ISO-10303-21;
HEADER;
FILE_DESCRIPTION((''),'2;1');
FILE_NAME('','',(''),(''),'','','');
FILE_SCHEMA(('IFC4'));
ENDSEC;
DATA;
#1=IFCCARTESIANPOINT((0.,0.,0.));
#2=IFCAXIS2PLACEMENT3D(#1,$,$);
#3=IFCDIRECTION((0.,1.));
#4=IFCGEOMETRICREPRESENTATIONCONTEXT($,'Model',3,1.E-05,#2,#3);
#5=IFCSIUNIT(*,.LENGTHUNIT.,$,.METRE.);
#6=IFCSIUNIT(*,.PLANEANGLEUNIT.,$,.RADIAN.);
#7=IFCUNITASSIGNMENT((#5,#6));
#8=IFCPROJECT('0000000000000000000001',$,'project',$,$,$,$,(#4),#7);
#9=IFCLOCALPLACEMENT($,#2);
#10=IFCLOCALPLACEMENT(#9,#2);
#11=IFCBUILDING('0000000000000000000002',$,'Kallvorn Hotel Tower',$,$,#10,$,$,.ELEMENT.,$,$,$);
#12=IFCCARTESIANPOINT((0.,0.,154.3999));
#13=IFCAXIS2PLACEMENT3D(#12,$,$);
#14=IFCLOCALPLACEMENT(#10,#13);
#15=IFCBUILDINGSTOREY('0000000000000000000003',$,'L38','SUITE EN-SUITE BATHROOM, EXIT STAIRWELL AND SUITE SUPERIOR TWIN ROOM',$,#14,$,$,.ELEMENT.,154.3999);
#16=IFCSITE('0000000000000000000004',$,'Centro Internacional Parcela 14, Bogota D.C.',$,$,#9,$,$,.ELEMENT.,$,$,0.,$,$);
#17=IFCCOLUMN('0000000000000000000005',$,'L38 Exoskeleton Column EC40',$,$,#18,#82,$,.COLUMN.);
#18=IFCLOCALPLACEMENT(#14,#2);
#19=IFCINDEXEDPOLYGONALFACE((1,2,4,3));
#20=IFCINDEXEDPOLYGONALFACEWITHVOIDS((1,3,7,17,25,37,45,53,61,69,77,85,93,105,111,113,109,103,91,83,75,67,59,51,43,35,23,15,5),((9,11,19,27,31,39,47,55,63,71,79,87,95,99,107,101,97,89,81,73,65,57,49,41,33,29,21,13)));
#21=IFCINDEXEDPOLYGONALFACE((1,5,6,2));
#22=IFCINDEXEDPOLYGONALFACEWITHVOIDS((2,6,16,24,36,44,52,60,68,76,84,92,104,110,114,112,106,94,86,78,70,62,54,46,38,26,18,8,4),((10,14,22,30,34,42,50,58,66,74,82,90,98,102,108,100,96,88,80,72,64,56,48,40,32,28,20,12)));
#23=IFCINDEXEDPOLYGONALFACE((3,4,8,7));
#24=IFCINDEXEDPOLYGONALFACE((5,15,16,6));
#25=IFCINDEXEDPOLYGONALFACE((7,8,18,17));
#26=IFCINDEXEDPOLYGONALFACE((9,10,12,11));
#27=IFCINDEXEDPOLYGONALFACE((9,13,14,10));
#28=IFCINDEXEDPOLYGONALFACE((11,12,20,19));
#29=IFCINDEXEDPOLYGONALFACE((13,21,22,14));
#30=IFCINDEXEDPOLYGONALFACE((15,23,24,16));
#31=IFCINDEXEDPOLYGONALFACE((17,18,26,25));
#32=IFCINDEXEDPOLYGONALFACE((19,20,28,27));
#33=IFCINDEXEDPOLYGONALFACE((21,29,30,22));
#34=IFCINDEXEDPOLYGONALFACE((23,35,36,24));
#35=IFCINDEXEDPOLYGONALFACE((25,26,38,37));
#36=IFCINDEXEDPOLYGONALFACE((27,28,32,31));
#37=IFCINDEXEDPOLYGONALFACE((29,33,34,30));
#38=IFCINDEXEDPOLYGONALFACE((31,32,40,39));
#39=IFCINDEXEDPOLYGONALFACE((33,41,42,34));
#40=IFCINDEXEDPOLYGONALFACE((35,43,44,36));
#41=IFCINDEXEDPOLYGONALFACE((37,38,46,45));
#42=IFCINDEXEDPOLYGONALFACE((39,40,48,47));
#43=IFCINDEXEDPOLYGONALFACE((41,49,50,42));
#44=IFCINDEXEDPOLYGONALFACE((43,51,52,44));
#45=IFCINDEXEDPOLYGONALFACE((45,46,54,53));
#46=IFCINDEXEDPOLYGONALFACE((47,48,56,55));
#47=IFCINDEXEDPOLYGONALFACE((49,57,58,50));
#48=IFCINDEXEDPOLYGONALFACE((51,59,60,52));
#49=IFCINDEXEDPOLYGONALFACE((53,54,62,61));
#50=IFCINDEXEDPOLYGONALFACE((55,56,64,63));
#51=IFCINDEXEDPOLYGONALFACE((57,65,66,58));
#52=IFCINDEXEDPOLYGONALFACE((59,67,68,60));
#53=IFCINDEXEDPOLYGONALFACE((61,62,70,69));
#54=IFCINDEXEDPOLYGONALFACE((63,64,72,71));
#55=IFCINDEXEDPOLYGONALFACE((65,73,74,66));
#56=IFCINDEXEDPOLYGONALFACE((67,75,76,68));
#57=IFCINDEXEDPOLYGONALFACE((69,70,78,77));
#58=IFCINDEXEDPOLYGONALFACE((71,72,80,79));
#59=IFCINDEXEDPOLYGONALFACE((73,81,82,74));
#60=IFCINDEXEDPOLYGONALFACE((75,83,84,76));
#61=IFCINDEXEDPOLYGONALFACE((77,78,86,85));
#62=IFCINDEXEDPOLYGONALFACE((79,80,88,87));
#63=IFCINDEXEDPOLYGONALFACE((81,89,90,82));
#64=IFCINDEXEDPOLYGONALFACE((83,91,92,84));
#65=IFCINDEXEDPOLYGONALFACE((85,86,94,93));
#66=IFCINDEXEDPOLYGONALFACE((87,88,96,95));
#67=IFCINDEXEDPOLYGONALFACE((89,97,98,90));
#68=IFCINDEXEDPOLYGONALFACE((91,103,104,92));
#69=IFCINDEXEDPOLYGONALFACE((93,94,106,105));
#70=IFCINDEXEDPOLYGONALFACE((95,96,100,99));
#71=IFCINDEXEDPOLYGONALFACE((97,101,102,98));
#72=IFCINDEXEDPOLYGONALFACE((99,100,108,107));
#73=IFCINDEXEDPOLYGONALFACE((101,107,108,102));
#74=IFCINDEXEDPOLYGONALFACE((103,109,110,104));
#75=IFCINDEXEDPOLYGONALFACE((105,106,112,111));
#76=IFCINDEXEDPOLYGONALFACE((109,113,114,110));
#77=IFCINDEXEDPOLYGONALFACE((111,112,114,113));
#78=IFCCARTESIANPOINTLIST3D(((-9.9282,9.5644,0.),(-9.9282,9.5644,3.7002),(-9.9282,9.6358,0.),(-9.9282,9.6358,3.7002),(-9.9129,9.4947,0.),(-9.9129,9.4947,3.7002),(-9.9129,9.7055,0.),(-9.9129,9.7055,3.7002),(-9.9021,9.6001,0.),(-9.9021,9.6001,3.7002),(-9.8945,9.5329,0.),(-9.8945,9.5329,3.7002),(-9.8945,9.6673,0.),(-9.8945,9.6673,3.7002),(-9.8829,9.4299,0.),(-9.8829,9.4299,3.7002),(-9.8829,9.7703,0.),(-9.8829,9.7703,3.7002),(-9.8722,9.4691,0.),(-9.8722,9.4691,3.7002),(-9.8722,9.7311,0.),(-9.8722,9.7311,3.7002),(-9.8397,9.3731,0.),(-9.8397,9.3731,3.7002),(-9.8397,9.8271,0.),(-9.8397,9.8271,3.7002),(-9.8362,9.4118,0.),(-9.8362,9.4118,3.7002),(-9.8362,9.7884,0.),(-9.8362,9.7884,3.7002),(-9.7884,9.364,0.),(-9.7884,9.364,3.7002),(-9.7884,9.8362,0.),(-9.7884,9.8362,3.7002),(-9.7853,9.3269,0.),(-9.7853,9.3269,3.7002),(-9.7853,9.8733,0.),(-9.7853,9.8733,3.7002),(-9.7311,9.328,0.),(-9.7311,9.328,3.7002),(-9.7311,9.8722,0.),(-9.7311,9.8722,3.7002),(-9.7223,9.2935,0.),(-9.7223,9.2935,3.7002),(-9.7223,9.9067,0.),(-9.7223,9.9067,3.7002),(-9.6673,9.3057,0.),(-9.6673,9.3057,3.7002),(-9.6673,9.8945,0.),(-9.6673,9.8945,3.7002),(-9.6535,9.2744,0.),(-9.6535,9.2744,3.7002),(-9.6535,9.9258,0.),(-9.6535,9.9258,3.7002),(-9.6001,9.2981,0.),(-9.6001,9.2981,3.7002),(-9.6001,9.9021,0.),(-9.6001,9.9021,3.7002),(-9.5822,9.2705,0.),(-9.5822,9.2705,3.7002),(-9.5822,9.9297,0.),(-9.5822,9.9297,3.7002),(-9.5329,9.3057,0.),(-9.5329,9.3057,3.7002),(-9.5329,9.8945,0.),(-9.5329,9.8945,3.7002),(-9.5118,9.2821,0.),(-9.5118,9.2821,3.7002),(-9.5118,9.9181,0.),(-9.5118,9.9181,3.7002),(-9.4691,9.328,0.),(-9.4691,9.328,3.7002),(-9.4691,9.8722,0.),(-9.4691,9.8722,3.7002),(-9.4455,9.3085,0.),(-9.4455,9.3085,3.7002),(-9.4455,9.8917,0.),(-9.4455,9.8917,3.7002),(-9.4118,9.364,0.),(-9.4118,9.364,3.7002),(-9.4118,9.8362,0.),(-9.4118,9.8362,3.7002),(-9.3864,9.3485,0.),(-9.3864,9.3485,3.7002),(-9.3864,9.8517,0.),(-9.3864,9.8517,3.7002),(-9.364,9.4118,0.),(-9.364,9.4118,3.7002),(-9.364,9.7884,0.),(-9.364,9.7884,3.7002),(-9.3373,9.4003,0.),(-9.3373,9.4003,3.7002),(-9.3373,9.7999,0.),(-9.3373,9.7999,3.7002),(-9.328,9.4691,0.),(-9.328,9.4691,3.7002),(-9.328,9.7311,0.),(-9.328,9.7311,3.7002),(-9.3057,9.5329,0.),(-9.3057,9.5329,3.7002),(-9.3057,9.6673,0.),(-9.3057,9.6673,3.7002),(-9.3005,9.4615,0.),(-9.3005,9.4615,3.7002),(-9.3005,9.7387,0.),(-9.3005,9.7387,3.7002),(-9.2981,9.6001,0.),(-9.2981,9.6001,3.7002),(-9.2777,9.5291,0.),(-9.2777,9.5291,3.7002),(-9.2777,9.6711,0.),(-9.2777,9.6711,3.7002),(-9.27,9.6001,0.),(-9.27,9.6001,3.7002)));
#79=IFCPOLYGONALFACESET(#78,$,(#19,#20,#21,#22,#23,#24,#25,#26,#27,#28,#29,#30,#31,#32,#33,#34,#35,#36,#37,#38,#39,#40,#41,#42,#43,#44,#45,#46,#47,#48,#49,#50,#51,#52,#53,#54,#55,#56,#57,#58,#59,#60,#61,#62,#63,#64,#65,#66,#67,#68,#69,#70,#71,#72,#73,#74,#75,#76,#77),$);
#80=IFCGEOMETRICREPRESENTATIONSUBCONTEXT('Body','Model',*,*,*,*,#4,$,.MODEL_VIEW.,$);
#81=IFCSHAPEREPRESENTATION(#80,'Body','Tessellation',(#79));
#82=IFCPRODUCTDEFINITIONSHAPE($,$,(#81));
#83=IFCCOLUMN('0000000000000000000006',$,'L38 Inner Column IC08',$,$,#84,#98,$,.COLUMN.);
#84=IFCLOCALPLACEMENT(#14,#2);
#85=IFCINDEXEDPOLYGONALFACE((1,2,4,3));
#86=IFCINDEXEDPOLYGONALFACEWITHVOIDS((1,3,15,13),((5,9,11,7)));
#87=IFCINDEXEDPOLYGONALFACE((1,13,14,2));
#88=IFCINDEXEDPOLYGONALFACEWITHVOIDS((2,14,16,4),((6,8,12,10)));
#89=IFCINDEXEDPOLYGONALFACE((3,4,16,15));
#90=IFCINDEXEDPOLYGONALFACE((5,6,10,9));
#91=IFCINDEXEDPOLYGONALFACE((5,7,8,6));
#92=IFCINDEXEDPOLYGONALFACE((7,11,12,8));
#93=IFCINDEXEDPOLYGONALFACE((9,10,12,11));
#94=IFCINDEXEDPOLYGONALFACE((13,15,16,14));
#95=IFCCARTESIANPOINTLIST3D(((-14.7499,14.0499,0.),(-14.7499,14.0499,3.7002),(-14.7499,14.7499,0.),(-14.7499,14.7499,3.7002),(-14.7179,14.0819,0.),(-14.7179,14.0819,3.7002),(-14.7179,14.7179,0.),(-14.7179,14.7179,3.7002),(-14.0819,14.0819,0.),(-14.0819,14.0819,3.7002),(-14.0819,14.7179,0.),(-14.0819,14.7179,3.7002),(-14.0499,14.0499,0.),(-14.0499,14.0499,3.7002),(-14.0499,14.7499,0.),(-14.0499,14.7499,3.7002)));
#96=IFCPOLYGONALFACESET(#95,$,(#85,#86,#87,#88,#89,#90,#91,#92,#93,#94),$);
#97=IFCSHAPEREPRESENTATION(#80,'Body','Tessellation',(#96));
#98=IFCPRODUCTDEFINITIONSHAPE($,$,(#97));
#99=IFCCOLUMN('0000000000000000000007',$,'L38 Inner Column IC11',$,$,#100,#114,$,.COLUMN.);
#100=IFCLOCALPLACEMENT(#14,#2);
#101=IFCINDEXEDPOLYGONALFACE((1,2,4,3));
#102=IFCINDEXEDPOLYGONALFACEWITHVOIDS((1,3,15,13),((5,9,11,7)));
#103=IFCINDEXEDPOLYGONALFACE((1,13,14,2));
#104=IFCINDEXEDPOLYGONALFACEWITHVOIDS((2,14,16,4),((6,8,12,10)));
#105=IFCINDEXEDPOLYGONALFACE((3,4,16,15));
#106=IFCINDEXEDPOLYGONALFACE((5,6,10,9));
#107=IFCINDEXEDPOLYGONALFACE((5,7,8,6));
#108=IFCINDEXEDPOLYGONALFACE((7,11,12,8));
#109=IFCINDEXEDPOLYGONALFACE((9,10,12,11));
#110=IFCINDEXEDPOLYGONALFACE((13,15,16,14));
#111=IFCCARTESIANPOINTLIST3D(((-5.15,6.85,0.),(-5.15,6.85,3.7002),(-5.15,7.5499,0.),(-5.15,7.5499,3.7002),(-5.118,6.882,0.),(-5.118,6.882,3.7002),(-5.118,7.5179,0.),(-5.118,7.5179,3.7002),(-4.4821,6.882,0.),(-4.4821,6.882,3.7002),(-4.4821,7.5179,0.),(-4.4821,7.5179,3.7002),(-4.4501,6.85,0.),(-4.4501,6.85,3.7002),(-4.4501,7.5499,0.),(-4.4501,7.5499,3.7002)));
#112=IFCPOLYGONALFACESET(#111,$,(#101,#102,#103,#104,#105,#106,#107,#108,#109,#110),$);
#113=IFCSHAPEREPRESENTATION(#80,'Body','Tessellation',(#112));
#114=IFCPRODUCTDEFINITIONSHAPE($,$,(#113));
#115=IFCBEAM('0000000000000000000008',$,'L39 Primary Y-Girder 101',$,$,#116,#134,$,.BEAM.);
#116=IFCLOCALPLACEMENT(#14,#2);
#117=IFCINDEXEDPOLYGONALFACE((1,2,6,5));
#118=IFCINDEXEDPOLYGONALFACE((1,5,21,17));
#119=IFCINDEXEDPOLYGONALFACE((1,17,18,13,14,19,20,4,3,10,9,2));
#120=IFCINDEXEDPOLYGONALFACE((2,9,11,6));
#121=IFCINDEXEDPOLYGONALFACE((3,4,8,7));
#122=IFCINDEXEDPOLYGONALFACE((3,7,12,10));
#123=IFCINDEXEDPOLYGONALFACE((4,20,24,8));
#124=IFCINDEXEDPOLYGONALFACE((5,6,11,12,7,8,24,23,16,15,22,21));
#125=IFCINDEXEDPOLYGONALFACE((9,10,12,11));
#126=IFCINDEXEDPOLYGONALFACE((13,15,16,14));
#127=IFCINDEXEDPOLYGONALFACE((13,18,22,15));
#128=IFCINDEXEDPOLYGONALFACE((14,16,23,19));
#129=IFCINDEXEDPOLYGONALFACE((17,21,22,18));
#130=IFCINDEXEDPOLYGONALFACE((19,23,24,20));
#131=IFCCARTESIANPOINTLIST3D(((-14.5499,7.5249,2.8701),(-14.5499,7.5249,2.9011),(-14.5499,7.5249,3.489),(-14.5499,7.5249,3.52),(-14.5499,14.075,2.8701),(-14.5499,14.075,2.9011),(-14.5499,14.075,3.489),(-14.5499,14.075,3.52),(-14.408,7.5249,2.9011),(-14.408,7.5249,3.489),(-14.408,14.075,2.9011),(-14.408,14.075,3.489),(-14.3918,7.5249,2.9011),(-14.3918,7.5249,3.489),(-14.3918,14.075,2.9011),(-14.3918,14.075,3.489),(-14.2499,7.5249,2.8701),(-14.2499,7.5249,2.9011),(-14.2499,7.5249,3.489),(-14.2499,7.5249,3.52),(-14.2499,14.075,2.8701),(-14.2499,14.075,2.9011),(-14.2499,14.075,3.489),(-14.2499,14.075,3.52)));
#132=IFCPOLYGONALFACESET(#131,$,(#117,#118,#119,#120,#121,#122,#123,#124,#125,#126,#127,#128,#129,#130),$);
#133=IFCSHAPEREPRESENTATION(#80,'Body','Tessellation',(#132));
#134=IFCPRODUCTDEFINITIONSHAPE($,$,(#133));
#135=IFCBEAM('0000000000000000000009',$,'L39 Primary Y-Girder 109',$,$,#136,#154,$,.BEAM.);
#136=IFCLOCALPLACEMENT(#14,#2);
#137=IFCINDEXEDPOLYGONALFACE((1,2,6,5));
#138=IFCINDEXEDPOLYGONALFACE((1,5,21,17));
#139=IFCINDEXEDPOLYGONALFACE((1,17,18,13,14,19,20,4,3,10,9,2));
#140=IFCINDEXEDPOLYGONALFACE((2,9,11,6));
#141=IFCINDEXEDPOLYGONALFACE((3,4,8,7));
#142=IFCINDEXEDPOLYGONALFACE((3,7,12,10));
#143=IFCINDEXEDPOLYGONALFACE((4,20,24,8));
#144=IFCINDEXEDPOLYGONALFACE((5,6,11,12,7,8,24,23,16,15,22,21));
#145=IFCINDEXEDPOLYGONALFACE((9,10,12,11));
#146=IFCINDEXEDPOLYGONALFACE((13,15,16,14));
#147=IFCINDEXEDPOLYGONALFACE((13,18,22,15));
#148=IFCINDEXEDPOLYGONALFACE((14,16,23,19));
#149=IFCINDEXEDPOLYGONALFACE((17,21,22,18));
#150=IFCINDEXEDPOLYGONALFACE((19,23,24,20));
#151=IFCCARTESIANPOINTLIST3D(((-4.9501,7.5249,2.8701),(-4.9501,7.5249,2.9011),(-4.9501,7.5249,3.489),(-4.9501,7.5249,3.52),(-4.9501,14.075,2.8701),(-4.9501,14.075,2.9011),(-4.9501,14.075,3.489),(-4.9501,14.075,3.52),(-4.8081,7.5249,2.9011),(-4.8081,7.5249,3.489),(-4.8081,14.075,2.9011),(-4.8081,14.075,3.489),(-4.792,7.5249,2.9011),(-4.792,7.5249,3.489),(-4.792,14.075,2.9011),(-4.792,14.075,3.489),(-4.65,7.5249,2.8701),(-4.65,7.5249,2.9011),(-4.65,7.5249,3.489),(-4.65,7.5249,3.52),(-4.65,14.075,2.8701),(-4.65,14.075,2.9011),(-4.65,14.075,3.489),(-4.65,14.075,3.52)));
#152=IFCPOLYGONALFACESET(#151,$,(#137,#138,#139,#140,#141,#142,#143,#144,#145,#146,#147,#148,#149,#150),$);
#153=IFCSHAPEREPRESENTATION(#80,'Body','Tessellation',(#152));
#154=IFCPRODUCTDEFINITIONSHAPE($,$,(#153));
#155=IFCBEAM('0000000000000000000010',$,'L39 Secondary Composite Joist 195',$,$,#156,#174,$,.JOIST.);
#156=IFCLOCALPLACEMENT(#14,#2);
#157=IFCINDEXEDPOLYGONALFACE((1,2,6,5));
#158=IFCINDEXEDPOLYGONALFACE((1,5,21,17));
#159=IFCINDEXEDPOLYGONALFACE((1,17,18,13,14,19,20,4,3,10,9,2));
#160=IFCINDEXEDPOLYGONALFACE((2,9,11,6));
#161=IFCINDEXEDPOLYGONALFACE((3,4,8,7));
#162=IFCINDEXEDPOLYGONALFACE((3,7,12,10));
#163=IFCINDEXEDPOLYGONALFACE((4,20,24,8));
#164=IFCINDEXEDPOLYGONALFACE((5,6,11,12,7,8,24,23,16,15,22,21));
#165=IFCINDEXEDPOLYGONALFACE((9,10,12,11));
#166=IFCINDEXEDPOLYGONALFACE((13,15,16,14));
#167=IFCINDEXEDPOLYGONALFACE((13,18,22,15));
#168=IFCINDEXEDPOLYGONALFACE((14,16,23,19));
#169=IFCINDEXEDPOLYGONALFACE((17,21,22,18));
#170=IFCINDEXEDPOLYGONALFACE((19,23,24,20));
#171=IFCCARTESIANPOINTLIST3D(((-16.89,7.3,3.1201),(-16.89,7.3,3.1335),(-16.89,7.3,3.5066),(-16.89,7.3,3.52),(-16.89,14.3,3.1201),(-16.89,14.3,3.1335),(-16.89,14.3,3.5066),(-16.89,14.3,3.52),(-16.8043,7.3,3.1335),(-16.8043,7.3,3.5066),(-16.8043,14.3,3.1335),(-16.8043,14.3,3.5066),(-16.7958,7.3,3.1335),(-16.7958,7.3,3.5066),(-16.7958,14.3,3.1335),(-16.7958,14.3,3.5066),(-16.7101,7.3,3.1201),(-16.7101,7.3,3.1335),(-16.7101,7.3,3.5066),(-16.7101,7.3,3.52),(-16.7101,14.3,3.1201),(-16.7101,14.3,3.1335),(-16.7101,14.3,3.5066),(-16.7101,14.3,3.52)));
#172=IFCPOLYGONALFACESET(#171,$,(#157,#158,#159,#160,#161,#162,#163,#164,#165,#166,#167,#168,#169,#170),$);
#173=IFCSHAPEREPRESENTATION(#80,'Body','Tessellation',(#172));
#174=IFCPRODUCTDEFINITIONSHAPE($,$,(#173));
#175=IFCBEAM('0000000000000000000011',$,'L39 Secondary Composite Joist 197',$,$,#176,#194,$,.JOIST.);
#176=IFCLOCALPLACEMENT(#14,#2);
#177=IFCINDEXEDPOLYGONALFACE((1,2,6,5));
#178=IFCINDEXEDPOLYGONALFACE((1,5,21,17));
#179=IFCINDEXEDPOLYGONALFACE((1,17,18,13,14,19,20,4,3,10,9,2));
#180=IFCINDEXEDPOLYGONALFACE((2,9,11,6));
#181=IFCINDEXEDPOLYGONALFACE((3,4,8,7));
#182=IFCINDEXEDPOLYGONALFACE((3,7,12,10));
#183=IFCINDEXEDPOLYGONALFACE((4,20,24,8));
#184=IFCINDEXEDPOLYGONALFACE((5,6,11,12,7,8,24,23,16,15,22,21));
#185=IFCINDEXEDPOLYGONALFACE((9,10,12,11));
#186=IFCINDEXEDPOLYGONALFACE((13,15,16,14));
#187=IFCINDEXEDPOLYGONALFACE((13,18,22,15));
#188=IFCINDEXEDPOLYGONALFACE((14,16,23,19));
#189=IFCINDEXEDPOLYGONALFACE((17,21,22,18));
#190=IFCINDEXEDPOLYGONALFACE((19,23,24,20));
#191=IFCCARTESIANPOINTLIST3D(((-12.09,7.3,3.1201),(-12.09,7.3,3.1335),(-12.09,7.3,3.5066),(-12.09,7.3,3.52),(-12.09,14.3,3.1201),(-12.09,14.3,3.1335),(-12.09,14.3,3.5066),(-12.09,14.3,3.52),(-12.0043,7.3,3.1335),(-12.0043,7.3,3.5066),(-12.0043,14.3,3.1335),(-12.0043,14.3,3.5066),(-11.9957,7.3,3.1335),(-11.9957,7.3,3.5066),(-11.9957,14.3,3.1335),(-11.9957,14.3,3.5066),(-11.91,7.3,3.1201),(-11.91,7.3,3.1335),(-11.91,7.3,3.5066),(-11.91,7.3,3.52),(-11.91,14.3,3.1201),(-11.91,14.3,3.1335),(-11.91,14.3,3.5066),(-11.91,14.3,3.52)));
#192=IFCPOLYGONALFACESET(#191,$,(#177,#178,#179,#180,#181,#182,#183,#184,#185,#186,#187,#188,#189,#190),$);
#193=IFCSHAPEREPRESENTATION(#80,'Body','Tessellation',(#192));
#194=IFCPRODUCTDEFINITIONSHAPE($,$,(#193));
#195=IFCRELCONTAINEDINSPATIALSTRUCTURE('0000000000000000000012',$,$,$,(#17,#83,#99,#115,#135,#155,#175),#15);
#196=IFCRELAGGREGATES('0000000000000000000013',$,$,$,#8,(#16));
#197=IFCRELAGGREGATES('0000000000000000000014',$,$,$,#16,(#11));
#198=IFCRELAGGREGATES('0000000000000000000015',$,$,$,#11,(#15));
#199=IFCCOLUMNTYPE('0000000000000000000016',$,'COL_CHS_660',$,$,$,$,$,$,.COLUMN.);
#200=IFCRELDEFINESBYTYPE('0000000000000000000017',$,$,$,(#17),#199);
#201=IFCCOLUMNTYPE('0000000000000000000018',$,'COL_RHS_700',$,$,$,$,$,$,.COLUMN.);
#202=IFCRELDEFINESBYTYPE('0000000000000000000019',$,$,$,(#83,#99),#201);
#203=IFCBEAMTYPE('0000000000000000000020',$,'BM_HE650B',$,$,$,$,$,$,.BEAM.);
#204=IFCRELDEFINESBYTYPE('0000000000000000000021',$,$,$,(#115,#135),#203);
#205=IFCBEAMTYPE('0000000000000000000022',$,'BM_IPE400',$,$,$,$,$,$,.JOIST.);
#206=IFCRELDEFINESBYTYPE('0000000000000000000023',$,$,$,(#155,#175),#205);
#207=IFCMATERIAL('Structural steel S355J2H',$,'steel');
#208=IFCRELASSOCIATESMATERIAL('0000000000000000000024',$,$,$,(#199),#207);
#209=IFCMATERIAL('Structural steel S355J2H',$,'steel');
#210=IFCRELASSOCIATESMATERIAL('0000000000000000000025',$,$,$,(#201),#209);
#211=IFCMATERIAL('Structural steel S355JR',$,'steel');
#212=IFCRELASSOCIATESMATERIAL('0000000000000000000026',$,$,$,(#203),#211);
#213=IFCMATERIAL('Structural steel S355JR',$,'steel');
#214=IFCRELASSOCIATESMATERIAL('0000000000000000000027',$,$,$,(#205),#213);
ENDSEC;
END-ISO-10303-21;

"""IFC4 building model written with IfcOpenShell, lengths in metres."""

from ifc_helpers import new_model, si_unit, direction, frame, origin, origin_2d, place, context, subcontext, project, spatial, hollow_rectangle, hollow_circle, i_section, extrude, material, material_profile, profile_set, type_object, element, save


model = new_model("IFC4")

# Units and contexts
model_context = context("Model", 3, precision=1e-05, world=origin(), true_north=direction((0.0, 1.0)))
body_context = subcontext(model_context, "Body", "Model", "MODEL_VIEW")
ifc_project = project(units=[si_unit("LENGTHUNIT", "METRE"), si_unit("PLANEANGLEUNIT", "RADIAN")], contexts=[model_context])

# Site, building, storey
site_placement = place(None, origin())
site = spatial("IfcSite", under=ifc_project, at=site_placement, Name="Centro Internacional Parcela 14, Bogota D.C.", CompositionType="ELEMENT", RefElevation=0.0)
building_placement = place(site_placement, origin())
building = spatial("IfcBuilding", under=site, at=building_placement, Name="Kallvorn Hotel Tower", CompositionType="ELEMENT")
storey_placement = place(building_placement, frame((0.0, 0.0, 154.3999)))
storey = spatial("IfcBuildingStorey", under=building, at=storey_placement, Name="L38", Description="SUITE EN-SUITE BATHROOM, EXIT STAIRWELL AND SUITE SUPERIOR TWIN ROOM", CompositionType="ELEMENT", Elevation=154.3999)

# Columns
ifc_material_1 = material(Name="Structural steel S355J2H", Category="steel")
ifc_material_profile_1 = material_profile(ifc_material_1, hollow_circle(Radius=0.3301, WallThickness=0.0281, at=origin_2d()), Name="CHS 660x28")
ifc_profile_set_1 = profile_set([ifc_material_profile_1], Name="Structural steel S355J2H")
column_type_1 = type_object("IfcColumnType", Name="COL_CHS_660", PredefinedType="COLUMN", material=ifc_profile_set_1)
column_placement = place(storey_placement, frame((-9.6001, 9.6001, 0.0), z_axis=(0.0, 0.0, 1.0), x_axis=(1.0, 0.0, 0.0)))
element("IfcColumn", 1, at=column_placement, inside=storey, type_object=column_type_1, Name="L38 Exoskeleton Column EC40", PredefinedType="COLUMN", context=body_context, shape_type="SweptSolid", body=[
    extrude(hollow_circle(Radius=0.3301, WallThickness=0.0281, at=origin_2d()), origin(), (0.0, 0.0, 1.0), 3.7002),
])
ifc_material_2 = material(Name="Structural steel S355J2H", Category="steel")
ifc_material_profile_2 = material_profile(ifc_material_2, hollow_rectangle(XDim=0.7, YDim=0.7, WallThickness=0.032, at=origin_2d()), Name="RHS 700x700x32")
ifc_profile_set_2 = profile_set([ifc_material_profile_2], Name="Structural steel S355J2H")
column_type_2 = type_object("IfcColumnType", Name="COL_RHS_700", PredefinedType="COLUMN", material=ifc_profile_set_2)
for number, where, z_axis, x_axis, name in (
    (2, (-14.3999, 14.3999, 0.0), (0.0, 0.0, 1.0), (1.0, 0.0, 0.0), "L38 Inner Column IC08"),
    (3, (-4.8, 7.2, 0.0), (0.0, 0.0, 1.0), (1.0, 0.0, 0.0), "L38 Inner Column IC11"),
):
    element("IfcColumn", number, at=place(storey_placement, frame(where, z_axis=z_axis, x_axis=x_axis)), inside=storey, type_object=column_type_2, Name=name, PredefinedType="COLUMN", context=body_context, shape_type="SweptSolid", body=[
        extrude(hollow_rectangle(XDim=0.7, YDim=0.7, WallThickness=0.032, at=origin_2d()), origin(), (0.0, 0.0, 1.0), 3.7002),
    ])

# Beams
ifc_material_3 = material(Name="Structural steel S355JR", Category="steel")
ifc_material_profile_3 = material_profile(ifc_material_3, i_section(OverallWidth=0.3, OverallDepth=0.6499, WebThickness=0.0161, FlangeThickness=0.031, at=origin_2d()), Name="HE 650 B")
ifc_profile_set_3 = profile_set([ifc_material_profile_3], Name="Structural steel S355JR")
beam_type_1 = type_object("IfcBeamType", Name="BM_HE650B", PredefinedType="BEAM", material=ifc_profile_set_3)
for number, where, z_axis, x_axis, name in (
    (4, (-14.3999, 7.5249, 3.1951), (0.0, 1.0, 0.0), (-1.0, 0.0, 0.0), "L39 Primary Y-Girder 101"),
    (5, (-4.8, 7.5249, 3.1951), (0.0, 1.0, 0.0), (-1.0, 0.0, 0.0), "L39 Primary Y-Girder 109"),
):
    element("IfcBeam", number, at=place(storey_placement, frame(where, z_axis=z_axis, x_axis=x_axis)), inside=storey, type_object=beam_type_1, Name=name, PredefinedType="BEAM", context=body_context, shape_type="SweptSolid", body=[
        extrude(i_section(OverallWidth=0.3, OverallDepth=0.6499, WebThickness=0.0161, FlangeThickness=0.031, at=origin_2d()), origin(), (0.0, 0.0, 1.0), 6.55),
    ])
ifc_material_4 = material(Name="Structural steel S355JR", Category="steel")
ifc_material_profile_4 = material_profile(ifc_material_4, i_section(OverallWidth=0.1799, OverallDepth=0.3999, WebThickness=0.0085, FlangeThickness=0.0134, at=origin_2d()), Name="IPE 400")
ifc_profile_set_4 = profile_set([ifc_material_profile_4], Name="Structural steel S355JR")
beam_type_2 = type_object("IfcBeamType", Name="BM_IPE400", PredefinedType="JOIST", material=ifc_profile_set_4)
for number, where, z_axis, x_axis, name in (
    (6, (-16.8, 7.3, 3.3201), (0.0, 1.0, 0.0), (-1.0, 0.0, 0.0), "L39 Secondary Composite Joist 195"),
    (7, (-12.0, 7.3, 3.3201), (0.0, 1.0, 0.0), (-1.0, 0.0, 0.0), "L39 Secondary Composite Joist 197"),
):
    element("IfcBeam", number, at=place(storey_placement, frame(where, z_axis=z_axis, x_axis=x_axis)), inside=storey, type_object=beam_type_2, Name=name, PredefinedType="JOIST", context=body_context, shape_type="SweptSolid", body=[
        extrude(i_section(OverallWidth=0.1799, OverallDepth=0.3999, WebThickness=0.0085, FlangeThickness=0.0134, at=origin_2d()), origin(), (0.0, 0.0, 1.0), 7.0),
    ])

save(model, "model.ifc")
